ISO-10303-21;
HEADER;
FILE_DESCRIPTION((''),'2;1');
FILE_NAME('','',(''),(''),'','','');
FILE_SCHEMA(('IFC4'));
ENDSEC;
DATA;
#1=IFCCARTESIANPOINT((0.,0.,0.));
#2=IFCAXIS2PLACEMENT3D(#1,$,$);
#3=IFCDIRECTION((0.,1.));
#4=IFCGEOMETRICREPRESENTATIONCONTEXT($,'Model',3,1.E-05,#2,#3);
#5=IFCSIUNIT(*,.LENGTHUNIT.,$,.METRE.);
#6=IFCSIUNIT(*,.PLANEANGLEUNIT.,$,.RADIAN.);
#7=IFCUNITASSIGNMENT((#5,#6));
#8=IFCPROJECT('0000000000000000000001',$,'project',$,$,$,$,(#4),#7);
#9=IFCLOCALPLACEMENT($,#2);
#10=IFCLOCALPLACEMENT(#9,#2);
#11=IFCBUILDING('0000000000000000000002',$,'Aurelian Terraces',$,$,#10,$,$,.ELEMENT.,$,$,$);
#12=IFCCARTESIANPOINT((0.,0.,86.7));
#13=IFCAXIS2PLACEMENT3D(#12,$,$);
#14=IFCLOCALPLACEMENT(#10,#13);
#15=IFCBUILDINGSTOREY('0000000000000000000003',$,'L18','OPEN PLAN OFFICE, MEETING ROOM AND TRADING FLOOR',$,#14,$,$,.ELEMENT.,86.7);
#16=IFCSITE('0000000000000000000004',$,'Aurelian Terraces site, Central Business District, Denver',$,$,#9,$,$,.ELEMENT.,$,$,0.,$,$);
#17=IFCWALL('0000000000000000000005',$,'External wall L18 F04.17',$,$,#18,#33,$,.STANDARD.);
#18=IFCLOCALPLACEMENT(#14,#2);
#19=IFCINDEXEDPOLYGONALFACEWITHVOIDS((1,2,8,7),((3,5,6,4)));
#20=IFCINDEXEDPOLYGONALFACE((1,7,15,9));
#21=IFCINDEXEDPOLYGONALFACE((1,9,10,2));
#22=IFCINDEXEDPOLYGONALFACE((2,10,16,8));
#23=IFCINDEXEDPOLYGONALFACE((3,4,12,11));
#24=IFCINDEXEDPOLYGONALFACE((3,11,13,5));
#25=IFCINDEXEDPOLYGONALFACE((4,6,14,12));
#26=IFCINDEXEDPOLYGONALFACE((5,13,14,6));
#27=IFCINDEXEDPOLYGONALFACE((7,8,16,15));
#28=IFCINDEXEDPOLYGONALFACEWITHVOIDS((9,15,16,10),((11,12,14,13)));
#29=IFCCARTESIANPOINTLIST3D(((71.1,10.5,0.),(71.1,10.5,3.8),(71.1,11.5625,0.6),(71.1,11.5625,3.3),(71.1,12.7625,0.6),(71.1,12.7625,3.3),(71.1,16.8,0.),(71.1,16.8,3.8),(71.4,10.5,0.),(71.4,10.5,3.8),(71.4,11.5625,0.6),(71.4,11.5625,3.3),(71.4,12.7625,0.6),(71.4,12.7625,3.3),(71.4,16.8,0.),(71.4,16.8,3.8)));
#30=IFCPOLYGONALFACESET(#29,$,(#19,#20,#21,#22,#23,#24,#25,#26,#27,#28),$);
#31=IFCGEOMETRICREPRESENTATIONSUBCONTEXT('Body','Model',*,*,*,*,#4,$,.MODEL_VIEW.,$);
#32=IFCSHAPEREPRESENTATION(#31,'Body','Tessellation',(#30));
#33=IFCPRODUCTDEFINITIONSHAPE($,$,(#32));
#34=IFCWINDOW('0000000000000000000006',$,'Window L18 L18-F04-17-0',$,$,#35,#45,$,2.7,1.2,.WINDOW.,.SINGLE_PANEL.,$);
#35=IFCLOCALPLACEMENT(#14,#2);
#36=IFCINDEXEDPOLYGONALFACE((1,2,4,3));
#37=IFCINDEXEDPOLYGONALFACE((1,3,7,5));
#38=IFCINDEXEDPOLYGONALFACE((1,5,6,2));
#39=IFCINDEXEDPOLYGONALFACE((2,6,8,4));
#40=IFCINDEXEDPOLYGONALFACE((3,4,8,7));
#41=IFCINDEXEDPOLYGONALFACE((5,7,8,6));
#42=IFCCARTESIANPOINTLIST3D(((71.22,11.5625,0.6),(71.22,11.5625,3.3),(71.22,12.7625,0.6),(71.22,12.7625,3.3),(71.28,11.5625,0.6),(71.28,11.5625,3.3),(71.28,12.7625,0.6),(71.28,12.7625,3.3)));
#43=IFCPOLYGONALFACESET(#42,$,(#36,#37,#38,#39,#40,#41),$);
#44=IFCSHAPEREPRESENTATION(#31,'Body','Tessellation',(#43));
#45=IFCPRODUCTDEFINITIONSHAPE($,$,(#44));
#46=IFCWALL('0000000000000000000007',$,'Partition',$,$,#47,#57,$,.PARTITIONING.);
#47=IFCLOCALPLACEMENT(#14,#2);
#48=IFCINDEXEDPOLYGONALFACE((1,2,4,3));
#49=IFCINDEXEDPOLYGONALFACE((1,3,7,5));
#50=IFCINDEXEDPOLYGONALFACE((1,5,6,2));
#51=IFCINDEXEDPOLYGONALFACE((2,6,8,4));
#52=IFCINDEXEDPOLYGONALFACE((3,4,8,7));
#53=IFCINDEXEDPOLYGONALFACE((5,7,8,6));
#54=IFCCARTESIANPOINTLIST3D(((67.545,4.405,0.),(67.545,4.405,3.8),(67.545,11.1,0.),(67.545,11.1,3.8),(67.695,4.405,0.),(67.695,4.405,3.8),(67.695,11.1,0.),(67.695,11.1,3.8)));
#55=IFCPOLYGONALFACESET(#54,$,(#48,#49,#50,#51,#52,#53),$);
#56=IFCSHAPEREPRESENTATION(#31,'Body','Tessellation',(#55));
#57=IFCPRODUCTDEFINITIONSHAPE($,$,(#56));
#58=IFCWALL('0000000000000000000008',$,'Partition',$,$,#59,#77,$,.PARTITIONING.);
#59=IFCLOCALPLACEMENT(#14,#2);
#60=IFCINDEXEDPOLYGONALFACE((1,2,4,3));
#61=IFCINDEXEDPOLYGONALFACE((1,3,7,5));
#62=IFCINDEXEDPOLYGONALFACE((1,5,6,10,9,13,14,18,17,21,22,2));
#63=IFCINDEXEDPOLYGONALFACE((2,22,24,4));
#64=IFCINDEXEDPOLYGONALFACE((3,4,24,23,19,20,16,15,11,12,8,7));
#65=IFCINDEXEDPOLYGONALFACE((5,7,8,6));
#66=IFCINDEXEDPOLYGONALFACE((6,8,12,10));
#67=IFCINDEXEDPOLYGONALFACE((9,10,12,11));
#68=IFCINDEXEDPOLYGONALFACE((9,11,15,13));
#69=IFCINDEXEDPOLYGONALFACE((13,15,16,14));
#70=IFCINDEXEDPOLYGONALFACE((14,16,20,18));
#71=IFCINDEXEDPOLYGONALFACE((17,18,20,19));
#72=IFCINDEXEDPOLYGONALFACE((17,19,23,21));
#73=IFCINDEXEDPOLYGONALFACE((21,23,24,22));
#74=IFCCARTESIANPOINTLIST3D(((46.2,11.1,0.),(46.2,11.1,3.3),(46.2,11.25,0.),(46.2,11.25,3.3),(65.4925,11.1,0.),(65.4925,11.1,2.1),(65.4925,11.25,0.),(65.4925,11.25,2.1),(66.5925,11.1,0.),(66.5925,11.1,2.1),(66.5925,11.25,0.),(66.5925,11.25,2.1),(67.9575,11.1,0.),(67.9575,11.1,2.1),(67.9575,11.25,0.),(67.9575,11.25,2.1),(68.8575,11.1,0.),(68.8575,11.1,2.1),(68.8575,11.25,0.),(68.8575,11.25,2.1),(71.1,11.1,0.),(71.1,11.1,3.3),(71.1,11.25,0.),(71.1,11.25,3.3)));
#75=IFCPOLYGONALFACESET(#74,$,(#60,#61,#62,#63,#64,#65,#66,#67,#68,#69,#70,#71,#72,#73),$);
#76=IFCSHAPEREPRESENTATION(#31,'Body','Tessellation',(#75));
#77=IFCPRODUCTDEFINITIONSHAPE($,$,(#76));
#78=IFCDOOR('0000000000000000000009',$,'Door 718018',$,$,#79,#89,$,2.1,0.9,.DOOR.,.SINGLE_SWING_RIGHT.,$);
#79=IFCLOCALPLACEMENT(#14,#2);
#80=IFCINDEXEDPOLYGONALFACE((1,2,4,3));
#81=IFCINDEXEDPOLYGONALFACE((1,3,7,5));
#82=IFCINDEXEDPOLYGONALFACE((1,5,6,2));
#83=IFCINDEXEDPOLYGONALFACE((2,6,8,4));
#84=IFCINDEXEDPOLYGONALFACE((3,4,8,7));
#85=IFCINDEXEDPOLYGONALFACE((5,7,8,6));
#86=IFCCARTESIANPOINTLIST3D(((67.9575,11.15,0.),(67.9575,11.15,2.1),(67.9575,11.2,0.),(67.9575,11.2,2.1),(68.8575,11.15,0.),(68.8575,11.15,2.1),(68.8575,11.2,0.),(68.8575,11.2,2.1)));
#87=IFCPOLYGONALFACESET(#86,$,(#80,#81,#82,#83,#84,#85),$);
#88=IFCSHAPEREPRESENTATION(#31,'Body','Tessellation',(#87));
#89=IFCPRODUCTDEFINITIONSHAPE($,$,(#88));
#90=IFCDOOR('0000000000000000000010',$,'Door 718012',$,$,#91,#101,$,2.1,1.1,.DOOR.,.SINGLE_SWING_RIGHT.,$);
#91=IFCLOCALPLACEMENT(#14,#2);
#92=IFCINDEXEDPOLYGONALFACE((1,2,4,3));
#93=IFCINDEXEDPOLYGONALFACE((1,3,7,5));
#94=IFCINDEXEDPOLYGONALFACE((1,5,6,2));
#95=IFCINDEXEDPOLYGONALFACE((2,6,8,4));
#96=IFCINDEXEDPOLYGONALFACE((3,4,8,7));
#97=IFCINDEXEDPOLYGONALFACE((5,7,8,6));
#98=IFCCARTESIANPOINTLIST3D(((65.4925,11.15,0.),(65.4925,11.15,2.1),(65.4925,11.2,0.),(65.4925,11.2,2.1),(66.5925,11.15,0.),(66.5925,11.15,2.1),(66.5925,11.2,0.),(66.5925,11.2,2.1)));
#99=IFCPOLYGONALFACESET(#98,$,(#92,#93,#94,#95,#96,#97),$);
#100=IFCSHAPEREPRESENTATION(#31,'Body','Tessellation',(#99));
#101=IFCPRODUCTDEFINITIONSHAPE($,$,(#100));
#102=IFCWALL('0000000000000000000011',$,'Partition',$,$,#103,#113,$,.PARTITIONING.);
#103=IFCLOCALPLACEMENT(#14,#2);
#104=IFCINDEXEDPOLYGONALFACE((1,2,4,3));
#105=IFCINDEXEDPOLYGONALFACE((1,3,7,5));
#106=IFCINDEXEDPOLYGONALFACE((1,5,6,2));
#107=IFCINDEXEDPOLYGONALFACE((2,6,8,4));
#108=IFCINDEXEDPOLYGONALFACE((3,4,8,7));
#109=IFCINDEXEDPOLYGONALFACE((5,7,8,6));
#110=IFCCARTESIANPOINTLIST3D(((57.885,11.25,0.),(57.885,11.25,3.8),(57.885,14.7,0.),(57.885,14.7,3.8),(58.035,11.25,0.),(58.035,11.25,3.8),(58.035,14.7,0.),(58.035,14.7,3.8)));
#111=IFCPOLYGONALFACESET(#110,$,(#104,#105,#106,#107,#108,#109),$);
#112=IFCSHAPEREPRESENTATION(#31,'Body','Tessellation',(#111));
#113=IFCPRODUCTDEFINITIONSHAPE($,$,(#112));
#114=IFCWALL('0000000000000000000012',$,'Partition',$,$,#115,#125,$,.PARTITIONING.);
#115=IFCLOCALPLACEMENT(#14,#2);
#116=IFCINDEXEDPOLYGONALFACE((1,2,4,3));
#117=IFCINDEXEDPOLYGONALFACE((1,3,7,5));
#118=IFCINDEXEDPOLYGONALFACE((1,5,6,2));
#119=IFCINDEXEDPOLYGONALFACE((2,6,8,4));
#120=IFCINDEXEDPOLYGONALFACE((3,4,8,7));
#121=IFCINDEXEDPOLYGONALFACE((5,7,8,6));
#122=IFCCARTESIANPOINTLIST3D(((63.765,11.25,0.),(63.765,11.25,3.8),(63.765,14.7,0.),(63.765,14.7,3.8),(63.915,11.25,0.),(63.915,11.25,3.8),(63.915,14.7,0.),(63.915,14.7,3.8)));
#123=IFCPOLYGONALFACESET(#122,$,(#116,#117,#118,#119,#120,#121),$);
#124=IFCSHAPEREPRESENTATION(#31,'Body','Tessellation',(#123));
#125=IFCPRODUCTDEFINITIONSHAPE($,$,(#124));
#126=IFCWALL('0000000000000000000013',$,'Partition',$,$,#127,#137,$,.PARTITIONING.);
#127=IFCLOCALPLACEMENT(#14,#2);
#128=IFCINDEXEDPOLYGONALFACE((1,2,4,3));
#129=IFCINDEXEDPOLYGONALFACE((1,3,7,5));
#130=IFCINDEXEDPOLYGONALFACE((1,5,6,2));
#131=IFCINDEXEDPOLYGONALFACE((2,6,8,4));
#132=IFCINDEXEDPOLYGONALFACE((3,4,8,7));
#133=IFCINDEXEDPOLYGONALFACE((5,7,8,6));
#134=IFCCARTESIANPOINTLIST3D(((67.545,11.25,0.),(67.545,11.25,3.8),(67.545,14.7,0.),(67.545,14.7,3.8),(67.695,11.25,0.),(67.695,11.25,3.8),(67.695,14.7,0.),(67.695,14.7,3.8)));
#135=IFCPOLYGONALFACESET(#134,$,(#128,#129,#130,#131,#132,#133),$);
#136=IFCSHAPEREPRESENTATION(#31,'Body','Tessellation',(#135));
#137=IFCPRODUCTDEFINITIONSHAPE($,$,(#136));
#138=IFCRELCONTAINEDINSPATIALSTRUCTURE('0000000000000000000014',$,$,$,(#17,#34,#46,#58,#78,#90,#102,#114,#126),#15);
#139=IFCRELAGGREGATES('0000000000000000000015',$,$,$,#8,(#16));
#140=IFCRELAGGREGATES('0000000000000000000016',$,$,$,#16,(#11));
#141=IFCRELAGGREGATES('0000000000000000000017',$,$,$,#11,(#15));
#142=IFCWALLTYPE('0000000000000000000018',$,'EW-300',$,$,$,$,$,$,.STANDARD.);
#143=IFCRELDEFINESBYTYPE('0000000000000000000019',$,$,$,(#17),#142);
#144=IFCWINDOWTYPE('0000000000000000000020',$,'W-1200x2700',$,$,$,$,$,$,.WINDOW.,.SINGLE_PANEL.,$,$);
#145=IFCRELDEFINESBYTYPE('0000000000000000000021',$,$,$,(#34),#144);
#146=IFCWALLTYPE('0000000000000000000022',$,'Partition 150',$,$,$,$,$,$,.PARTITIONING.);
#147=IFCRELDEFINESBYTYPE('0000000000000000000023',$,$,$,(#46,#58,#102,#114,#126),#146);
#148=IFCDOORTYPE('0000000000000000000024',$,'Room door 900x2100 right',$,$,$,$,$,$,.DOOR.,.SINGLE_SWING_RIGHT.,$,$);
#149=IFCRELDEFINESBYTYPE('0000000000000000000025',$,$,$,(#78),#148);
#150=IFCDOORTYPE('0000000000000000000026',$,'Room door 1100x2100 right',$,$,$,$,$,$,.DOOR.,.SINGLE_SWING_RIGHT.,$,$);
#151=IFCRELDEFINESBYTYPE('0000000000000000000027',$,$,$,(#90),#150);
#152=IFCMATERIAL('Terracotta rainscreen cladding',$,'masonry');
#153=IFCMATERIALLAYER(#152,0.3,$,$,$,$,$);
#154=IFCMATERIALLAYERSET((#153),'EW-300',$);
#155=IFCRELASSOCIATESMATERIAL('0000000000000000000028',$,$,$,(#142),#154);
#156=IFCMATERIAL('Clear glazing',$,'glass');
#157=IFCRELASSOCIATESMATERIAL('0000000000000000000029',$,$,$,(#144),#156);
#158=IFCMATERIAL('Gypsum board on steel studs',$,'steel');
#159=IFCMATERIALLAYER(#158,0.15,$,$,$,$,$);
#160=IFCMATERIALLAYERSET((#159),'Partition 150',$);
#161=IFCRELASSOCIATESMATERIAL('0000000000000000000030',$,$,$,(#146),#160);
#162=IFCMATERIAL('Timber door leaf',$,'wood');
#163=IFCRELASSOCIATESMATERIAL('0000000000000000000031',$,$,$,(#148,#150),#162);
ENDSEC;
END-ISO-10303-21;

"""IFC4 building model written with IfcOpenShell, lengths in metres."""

from ifc_helpers import new_model, si_unit, direction, frame, frame_2d, origin, place, context, subcontext, project, spatial, rectangle, extrude, source, transform, mapped, material, layer, layer_set, type_object, element, fill, save


model = new_model("IFC4")

# Units and contexts
model_context = context("Model", 3, precision=1e-05, world=origin(), true_north=direction((0.0, 1.0)))
body_context = subcontext(model_context, "Body", "Model", "MODEL_VIEW")
ifc_project = project(units=[si_unit("LENGTHUNIT", "METRE"), si_unit("PLANEANGLEUNIT", "RADIAN")], contexts=[model_context])

# Site, building, storey
site_placement = place(None, origin())
site = spatial("IfcSite", under=ifc_project, at=site_placement, Name="Aurelian Terraces site, Central Business District, Denver", CompositionType="ELEMENT", RefElevation=0.0)
building_placement = place(site_placement, origin())
building = spatial("IfcBuilding", under=site, at=building_placement, Name="Aurelian Terraces", CompositionType="ELEMENT")
storey_placement = place(building_placement, frame((0.0, 0.0, 86.7)))
storey = spatial("IfcBuildingStorey", under=building, at=storey_placement, Name="L18", Description="OPEN PLAN OFFICE, MEETING ROOM AND TRADING FLOOR", CompositionType="ELEMENT", Elevation=86.7)

# Shared definitions
ifc_material_1 = material(Name="Terracotta rainscreen cladding", Category="masonry")
ifc_layer_1 = layer(ifc_material_1, 0.3)
ifc_layer_set_1 = layer_set([ifc_layer_1], Name="EW-300")
wall_type_1 = type_object("IfcWallType", Name="EW-300", PredefinedType="STANDARD", material=ifc_layer_set_1)
ifc_material_2 = material(Name="Clear glazing", Category="glass")

# Wall, opening, window
shared_shape_1 = source(origin(), body_context, "Body", "SweptSolid", [
    extrude(rectangle(XDim=1.2, YDim=2.7, at=frame_2d((0.6, 1.35))), frame((0.0, 0.16, 0.0), z_axis=(0.0, -1.0, 0.0), x_axis=(1.0, 0.0, 0.0)), (0.0, 0.0, 1.0), 0.32),
])
window_type_1 = type_object("IfcWindowType", Name="W-1200x2700", PartitioningType="SINGLE_PANEL", PredefinedType="WINDOW", material=ifc_material_2)
shared_shape_2 = source(origin(), body_context, "Body", "SweptSolid", [
    extrude(rectangle(XDim=1.2, YDim=2.7, at=frame_2d((0.6, 1.35))), frame((0.0, 0.03, 0.0), z_axis=(0.0, -1.0, 0.0), x_axis=(1.0, 0.0, 0.0)), (0.0, 0.0, 1.0), 0.06),
])
shared_shape_3 = source(origin(), body_context, "Body", "SweptSolid", [
    extrude(rectangle(XDim=6.3, YDim=0.3, at=frame_2d((3.15, 0.0))), origin(), (0.0, 0.0, 1.0), 3.8),
])
wall_1_placement = place(storey_placement, frame((71.25, 10.5, 0.0), z_axis=(0.0, 0.0, 1.0), x_axis=(0.0, 1.0, 0.0)))
wall_1 = element("IfcWall", 1, at=wall_1_placement, inside=storey, type_object=wall_type_1, Name="External wall L18 F04.17", PredefinedType="STANDARD", context=body_context, shape_type="MappedRepresentation", body=[
    mapped(shared_shape_3, transform((0.0, 0.0, 0.0), scale=1.0)),
])
opening_1_placement = place(wall_1_placement, frame((1.0625, 0.0, 0.6)))
opening_1 = element("IfcOpeningElement", 2, at=opening_1_placement, cuts=wall_1, PredefinedType="OPENING", context=body_context, shape_type="MappedRepresentation", body=[
    mapped(shared_shape_1, transform((0.0, 0.0, 0.0), scale=1.0)),
])
window_1_placement = place(opening_1_placement, origin())
window_1 = element("IfcWindow", 3, at=window_1_placement, inside=storey, type_object=window_type_1, Name="Window L18 L18-F04-17-0", OverallHeight=2.7, OverallWidth=1.2, PartitioningType="SINGLE_PANEL", PredefinedType="WINDOW", context=body_context, shape_type="MappedRepresentation", body=[
    mapped(shared_shape_2, transform((0.0, 0.0, 0.0), scale=1.0)),
])
fill(opening_1, window_1)

# Wall
ifc_material_3 = material(Name="Gypsum board on steel studs", Category="steel")
ifc_layer_2 = layer(ifc_material_3, 0.15)
ifc_layer_set_2 = layer_set([ifc_layer_2], Name="Partition 150")
wall_type_2 = type_object("IfcWallType", Name="Partition 150", PredefinedType="PARTITIONING", material=ifc_layer_set_2)
shared_shape_4 = source(origin(), body_context, "Body", "SweptSolid", [
    extrude(rectangle(XDim=6.695, YDim=0.15, at=frame_2d((3.3475, 0.0))), origin(), (0.0, 0.0, 1.0), 3.8),
])
wall_2_placement = place(storey_placement, frame((67.62, 4.405, 0.0), z_axis=(0.0, 0.0, 1.0), x_axis=(0.0, 1.0, 0.0)))
element("IfcWall", 4, at=wall_2_placement, inside=storey, type_object=wall_type_2, Name="Partition", PredefinedType="PARTITIONING", context=body_context, shape_type="MappedRepresentation", body=[
    mapped(shared_shape_4, transform((0.0, 0.0, 0.0), scale=1.0)),
])

# Wall, openings, doors
shared_shape_5 = source(origin(), body_context, "Body", "SweptSolid", [
    extrude(rectangle(XDim=24.9, YDim=0.15, at=frame_2d((12.45, 0.0))), origin(), (0.0, 0.0, 1.0), 3.3),
])
wall_3_placement = place(storey_placement, frame((71.1, 11.175, 0.0), z_axis=(0.0, 0.0, 1.0), x_axis=(-1.0, 0.0, 0.0)))
wall_3 = element("IfcWall", 5, at=wall_3_placement, inside=storey, type_object=wall_type_2, Name="Partition", PredefinedType="PARTITIONING", context=body_context, shape_type="MappedRepresentation", body=[
    mapped(shared_shape_5, transform((0.0, 0.0, 0.0), scale=1.0)),
])
shared_shape_6 = source(origin(), body_context, "Body", "SweptSolid", [
    extrude(rectangle(XDim=1.1, YDim=2.1, at=frame_2d((0.55, 1.05))), frame((0.0, 0.085, 0.0), z_axis=(0.0, -1.0, 0.0), x_axis=(1.0, 0.0, 0.0)), (0.0, 0.0, 1.0), 0.17),
])
opening_2_placement = place(wall_3_placement, frame((4.5075, 0.0, 0.0)))
opening_2 = element("IfcOpeningElement", 6, at=opening_2_placement, cuts=wall_3, PredefinedType="OPENING", context=body_context, shape_type="MappedRepresentation", body=[
    mapped(shared_shape_6, transform((0.0, 0.0, 0.0), scale=1.0)),
])
shared_shape_7 = source(origin(), body_context, "Body", "SweptSolid", [
    extrude(rectangle(XDim=0.9, YDim=2.1, at=frame_2d((0.45, 1.05))), frame((0.0, 0.085, 0.0), z_axis=(0.0, -1.0, 0.0), x_axis=(1.0, 0.0, 0.0)), (0.0, 0.0, 1.0), 0.17),
])
opening_3_placement = place(wall_3_placement, frame((2.2425, 0.0, 0.0)))
opening_3 = element("IfcOpeningElement", 7, at=opening_3_placement, cuts=wall_3, PredefinedType="OPENING", context=body_context, shape_type="MappedRepresentation", body=[
    mapped(shared_shape_7, transform((0.0, 0.0, 0.0), scale=1.0)),
])
ifc_material_4 = material(Name="Timber door leaf", Category="wood")
door_type_1 = type_object("IfcDoorType", Name="Room door 900x2100 right", OperationType="SINGLE_SWING_RIGHT", PredefinedType="DOOR", material=ifc_material_4)
shared_shape_8 = source(origin(), body_context, "Body", "SweptSolid", [
    extrude(rectangle(XDim=0.9, YDim=2.1, at=frame_2d((0.45, 1.05))), frame((0.0, 0.025, 0.0), z_axis=(0.0, -1.0, 0.0), x_axis=(1.0, 0.0, 0.0)), (0.0, 0.0, 1.0), 0.05),
])
door_1_placement = place(opening_3_placement, origin())
door_1 = element("IfcDoor", 8, at=door_1_placement, inside=storey, type_object=door_type_1, Name="Door 718018", OperationType="SINGLE_SWING_RIGHT", OverallHeight=2.1, OverallWidth=0.9, PredefinedType="DOOR", context=body_context, shape_type="MappedRepresentation", body=[
    mapped(shared_shape_8, transform((0.0, 0.0, 0.0), scale=1.0)),
])
fill(opening_3, door_1)
door_type_2 = type_object("IfcDoorType", Name="Room door 1100x2100 right", OperationType="SINGLE_SWING_RIGHT", PredefinedType="DOOR", material=ifc_material_4)
shared_shape_9 = source(origin(), body_context, "Body", "SweptSolid", [
    extrude(rectangle(XDim=1.1, YDim=2.1, at=frame_2d((0.55, 1.05))), frame((0.0, 0.025, 0.0), z_axis=(0.0, -1.0, 0.0), x_axis=(1.0, 0.0, 0.0)), (0.0, 0.0, 1.0), 0.05),
])
door_2_placement = place(opening_2_placement, origin())
door_2 = element("IfcDoor", 9, at=door_2_placement, inside=storey, type_object=door_type_2, Name="Door 718012", OperationType="SINGLE_SWING_RIGHT", OverallHeight=2.1, OverallWidth=1.1, PredefinedType="DOOR", context=body_context, shape_type="MappedRepresentation", body=[
    mapped(shared_shape_9, transform((0.0, 0.0, 0.0), scale=1.0)),
])
fill(opening_2, door_2)

# Walls
shared_shape_10 = source(origin(), body_context, "Body", "SweptSolid", [
    extrude(rectangle(XDim=3.45, YDim=0.15, at=frame_2d((1.725, 0.0))), origin(), (0.0, 0.0, 1.0), 3.8),
])
for number, where, z_axis, x_axis, name in (
    (10, (57.96, 11.25, 0.0), (0.0, 0.0, 1.0), (0.0, 1.0, 0.0), "Partition"),
    (11, (63.84, 11.25, 0.0), (0.0, 0.0, 1.0), (0.0, 1.0, 0.0), "Partition"),
    (12, (67.62, 11.25, 0.0), (0.0, 0.0, 1.0), (0.0, 1.0, 0.0), "Partition"),
):
    element("IfcWall", number, at=place(storey_placement, frame(where, z_axis=z_axis, x_axis=x_axis)), inside=storey, type_object=wall_type_2, Name=name, PredefinedType="PARTITIONING", context=body_context, shape_type="MappedRepresentation", body=[
        mapped(shared_shape_10, transform((0.0, 0.0, 0.0), scale=1.0)),
    ])

save(model, "model.ifc")
